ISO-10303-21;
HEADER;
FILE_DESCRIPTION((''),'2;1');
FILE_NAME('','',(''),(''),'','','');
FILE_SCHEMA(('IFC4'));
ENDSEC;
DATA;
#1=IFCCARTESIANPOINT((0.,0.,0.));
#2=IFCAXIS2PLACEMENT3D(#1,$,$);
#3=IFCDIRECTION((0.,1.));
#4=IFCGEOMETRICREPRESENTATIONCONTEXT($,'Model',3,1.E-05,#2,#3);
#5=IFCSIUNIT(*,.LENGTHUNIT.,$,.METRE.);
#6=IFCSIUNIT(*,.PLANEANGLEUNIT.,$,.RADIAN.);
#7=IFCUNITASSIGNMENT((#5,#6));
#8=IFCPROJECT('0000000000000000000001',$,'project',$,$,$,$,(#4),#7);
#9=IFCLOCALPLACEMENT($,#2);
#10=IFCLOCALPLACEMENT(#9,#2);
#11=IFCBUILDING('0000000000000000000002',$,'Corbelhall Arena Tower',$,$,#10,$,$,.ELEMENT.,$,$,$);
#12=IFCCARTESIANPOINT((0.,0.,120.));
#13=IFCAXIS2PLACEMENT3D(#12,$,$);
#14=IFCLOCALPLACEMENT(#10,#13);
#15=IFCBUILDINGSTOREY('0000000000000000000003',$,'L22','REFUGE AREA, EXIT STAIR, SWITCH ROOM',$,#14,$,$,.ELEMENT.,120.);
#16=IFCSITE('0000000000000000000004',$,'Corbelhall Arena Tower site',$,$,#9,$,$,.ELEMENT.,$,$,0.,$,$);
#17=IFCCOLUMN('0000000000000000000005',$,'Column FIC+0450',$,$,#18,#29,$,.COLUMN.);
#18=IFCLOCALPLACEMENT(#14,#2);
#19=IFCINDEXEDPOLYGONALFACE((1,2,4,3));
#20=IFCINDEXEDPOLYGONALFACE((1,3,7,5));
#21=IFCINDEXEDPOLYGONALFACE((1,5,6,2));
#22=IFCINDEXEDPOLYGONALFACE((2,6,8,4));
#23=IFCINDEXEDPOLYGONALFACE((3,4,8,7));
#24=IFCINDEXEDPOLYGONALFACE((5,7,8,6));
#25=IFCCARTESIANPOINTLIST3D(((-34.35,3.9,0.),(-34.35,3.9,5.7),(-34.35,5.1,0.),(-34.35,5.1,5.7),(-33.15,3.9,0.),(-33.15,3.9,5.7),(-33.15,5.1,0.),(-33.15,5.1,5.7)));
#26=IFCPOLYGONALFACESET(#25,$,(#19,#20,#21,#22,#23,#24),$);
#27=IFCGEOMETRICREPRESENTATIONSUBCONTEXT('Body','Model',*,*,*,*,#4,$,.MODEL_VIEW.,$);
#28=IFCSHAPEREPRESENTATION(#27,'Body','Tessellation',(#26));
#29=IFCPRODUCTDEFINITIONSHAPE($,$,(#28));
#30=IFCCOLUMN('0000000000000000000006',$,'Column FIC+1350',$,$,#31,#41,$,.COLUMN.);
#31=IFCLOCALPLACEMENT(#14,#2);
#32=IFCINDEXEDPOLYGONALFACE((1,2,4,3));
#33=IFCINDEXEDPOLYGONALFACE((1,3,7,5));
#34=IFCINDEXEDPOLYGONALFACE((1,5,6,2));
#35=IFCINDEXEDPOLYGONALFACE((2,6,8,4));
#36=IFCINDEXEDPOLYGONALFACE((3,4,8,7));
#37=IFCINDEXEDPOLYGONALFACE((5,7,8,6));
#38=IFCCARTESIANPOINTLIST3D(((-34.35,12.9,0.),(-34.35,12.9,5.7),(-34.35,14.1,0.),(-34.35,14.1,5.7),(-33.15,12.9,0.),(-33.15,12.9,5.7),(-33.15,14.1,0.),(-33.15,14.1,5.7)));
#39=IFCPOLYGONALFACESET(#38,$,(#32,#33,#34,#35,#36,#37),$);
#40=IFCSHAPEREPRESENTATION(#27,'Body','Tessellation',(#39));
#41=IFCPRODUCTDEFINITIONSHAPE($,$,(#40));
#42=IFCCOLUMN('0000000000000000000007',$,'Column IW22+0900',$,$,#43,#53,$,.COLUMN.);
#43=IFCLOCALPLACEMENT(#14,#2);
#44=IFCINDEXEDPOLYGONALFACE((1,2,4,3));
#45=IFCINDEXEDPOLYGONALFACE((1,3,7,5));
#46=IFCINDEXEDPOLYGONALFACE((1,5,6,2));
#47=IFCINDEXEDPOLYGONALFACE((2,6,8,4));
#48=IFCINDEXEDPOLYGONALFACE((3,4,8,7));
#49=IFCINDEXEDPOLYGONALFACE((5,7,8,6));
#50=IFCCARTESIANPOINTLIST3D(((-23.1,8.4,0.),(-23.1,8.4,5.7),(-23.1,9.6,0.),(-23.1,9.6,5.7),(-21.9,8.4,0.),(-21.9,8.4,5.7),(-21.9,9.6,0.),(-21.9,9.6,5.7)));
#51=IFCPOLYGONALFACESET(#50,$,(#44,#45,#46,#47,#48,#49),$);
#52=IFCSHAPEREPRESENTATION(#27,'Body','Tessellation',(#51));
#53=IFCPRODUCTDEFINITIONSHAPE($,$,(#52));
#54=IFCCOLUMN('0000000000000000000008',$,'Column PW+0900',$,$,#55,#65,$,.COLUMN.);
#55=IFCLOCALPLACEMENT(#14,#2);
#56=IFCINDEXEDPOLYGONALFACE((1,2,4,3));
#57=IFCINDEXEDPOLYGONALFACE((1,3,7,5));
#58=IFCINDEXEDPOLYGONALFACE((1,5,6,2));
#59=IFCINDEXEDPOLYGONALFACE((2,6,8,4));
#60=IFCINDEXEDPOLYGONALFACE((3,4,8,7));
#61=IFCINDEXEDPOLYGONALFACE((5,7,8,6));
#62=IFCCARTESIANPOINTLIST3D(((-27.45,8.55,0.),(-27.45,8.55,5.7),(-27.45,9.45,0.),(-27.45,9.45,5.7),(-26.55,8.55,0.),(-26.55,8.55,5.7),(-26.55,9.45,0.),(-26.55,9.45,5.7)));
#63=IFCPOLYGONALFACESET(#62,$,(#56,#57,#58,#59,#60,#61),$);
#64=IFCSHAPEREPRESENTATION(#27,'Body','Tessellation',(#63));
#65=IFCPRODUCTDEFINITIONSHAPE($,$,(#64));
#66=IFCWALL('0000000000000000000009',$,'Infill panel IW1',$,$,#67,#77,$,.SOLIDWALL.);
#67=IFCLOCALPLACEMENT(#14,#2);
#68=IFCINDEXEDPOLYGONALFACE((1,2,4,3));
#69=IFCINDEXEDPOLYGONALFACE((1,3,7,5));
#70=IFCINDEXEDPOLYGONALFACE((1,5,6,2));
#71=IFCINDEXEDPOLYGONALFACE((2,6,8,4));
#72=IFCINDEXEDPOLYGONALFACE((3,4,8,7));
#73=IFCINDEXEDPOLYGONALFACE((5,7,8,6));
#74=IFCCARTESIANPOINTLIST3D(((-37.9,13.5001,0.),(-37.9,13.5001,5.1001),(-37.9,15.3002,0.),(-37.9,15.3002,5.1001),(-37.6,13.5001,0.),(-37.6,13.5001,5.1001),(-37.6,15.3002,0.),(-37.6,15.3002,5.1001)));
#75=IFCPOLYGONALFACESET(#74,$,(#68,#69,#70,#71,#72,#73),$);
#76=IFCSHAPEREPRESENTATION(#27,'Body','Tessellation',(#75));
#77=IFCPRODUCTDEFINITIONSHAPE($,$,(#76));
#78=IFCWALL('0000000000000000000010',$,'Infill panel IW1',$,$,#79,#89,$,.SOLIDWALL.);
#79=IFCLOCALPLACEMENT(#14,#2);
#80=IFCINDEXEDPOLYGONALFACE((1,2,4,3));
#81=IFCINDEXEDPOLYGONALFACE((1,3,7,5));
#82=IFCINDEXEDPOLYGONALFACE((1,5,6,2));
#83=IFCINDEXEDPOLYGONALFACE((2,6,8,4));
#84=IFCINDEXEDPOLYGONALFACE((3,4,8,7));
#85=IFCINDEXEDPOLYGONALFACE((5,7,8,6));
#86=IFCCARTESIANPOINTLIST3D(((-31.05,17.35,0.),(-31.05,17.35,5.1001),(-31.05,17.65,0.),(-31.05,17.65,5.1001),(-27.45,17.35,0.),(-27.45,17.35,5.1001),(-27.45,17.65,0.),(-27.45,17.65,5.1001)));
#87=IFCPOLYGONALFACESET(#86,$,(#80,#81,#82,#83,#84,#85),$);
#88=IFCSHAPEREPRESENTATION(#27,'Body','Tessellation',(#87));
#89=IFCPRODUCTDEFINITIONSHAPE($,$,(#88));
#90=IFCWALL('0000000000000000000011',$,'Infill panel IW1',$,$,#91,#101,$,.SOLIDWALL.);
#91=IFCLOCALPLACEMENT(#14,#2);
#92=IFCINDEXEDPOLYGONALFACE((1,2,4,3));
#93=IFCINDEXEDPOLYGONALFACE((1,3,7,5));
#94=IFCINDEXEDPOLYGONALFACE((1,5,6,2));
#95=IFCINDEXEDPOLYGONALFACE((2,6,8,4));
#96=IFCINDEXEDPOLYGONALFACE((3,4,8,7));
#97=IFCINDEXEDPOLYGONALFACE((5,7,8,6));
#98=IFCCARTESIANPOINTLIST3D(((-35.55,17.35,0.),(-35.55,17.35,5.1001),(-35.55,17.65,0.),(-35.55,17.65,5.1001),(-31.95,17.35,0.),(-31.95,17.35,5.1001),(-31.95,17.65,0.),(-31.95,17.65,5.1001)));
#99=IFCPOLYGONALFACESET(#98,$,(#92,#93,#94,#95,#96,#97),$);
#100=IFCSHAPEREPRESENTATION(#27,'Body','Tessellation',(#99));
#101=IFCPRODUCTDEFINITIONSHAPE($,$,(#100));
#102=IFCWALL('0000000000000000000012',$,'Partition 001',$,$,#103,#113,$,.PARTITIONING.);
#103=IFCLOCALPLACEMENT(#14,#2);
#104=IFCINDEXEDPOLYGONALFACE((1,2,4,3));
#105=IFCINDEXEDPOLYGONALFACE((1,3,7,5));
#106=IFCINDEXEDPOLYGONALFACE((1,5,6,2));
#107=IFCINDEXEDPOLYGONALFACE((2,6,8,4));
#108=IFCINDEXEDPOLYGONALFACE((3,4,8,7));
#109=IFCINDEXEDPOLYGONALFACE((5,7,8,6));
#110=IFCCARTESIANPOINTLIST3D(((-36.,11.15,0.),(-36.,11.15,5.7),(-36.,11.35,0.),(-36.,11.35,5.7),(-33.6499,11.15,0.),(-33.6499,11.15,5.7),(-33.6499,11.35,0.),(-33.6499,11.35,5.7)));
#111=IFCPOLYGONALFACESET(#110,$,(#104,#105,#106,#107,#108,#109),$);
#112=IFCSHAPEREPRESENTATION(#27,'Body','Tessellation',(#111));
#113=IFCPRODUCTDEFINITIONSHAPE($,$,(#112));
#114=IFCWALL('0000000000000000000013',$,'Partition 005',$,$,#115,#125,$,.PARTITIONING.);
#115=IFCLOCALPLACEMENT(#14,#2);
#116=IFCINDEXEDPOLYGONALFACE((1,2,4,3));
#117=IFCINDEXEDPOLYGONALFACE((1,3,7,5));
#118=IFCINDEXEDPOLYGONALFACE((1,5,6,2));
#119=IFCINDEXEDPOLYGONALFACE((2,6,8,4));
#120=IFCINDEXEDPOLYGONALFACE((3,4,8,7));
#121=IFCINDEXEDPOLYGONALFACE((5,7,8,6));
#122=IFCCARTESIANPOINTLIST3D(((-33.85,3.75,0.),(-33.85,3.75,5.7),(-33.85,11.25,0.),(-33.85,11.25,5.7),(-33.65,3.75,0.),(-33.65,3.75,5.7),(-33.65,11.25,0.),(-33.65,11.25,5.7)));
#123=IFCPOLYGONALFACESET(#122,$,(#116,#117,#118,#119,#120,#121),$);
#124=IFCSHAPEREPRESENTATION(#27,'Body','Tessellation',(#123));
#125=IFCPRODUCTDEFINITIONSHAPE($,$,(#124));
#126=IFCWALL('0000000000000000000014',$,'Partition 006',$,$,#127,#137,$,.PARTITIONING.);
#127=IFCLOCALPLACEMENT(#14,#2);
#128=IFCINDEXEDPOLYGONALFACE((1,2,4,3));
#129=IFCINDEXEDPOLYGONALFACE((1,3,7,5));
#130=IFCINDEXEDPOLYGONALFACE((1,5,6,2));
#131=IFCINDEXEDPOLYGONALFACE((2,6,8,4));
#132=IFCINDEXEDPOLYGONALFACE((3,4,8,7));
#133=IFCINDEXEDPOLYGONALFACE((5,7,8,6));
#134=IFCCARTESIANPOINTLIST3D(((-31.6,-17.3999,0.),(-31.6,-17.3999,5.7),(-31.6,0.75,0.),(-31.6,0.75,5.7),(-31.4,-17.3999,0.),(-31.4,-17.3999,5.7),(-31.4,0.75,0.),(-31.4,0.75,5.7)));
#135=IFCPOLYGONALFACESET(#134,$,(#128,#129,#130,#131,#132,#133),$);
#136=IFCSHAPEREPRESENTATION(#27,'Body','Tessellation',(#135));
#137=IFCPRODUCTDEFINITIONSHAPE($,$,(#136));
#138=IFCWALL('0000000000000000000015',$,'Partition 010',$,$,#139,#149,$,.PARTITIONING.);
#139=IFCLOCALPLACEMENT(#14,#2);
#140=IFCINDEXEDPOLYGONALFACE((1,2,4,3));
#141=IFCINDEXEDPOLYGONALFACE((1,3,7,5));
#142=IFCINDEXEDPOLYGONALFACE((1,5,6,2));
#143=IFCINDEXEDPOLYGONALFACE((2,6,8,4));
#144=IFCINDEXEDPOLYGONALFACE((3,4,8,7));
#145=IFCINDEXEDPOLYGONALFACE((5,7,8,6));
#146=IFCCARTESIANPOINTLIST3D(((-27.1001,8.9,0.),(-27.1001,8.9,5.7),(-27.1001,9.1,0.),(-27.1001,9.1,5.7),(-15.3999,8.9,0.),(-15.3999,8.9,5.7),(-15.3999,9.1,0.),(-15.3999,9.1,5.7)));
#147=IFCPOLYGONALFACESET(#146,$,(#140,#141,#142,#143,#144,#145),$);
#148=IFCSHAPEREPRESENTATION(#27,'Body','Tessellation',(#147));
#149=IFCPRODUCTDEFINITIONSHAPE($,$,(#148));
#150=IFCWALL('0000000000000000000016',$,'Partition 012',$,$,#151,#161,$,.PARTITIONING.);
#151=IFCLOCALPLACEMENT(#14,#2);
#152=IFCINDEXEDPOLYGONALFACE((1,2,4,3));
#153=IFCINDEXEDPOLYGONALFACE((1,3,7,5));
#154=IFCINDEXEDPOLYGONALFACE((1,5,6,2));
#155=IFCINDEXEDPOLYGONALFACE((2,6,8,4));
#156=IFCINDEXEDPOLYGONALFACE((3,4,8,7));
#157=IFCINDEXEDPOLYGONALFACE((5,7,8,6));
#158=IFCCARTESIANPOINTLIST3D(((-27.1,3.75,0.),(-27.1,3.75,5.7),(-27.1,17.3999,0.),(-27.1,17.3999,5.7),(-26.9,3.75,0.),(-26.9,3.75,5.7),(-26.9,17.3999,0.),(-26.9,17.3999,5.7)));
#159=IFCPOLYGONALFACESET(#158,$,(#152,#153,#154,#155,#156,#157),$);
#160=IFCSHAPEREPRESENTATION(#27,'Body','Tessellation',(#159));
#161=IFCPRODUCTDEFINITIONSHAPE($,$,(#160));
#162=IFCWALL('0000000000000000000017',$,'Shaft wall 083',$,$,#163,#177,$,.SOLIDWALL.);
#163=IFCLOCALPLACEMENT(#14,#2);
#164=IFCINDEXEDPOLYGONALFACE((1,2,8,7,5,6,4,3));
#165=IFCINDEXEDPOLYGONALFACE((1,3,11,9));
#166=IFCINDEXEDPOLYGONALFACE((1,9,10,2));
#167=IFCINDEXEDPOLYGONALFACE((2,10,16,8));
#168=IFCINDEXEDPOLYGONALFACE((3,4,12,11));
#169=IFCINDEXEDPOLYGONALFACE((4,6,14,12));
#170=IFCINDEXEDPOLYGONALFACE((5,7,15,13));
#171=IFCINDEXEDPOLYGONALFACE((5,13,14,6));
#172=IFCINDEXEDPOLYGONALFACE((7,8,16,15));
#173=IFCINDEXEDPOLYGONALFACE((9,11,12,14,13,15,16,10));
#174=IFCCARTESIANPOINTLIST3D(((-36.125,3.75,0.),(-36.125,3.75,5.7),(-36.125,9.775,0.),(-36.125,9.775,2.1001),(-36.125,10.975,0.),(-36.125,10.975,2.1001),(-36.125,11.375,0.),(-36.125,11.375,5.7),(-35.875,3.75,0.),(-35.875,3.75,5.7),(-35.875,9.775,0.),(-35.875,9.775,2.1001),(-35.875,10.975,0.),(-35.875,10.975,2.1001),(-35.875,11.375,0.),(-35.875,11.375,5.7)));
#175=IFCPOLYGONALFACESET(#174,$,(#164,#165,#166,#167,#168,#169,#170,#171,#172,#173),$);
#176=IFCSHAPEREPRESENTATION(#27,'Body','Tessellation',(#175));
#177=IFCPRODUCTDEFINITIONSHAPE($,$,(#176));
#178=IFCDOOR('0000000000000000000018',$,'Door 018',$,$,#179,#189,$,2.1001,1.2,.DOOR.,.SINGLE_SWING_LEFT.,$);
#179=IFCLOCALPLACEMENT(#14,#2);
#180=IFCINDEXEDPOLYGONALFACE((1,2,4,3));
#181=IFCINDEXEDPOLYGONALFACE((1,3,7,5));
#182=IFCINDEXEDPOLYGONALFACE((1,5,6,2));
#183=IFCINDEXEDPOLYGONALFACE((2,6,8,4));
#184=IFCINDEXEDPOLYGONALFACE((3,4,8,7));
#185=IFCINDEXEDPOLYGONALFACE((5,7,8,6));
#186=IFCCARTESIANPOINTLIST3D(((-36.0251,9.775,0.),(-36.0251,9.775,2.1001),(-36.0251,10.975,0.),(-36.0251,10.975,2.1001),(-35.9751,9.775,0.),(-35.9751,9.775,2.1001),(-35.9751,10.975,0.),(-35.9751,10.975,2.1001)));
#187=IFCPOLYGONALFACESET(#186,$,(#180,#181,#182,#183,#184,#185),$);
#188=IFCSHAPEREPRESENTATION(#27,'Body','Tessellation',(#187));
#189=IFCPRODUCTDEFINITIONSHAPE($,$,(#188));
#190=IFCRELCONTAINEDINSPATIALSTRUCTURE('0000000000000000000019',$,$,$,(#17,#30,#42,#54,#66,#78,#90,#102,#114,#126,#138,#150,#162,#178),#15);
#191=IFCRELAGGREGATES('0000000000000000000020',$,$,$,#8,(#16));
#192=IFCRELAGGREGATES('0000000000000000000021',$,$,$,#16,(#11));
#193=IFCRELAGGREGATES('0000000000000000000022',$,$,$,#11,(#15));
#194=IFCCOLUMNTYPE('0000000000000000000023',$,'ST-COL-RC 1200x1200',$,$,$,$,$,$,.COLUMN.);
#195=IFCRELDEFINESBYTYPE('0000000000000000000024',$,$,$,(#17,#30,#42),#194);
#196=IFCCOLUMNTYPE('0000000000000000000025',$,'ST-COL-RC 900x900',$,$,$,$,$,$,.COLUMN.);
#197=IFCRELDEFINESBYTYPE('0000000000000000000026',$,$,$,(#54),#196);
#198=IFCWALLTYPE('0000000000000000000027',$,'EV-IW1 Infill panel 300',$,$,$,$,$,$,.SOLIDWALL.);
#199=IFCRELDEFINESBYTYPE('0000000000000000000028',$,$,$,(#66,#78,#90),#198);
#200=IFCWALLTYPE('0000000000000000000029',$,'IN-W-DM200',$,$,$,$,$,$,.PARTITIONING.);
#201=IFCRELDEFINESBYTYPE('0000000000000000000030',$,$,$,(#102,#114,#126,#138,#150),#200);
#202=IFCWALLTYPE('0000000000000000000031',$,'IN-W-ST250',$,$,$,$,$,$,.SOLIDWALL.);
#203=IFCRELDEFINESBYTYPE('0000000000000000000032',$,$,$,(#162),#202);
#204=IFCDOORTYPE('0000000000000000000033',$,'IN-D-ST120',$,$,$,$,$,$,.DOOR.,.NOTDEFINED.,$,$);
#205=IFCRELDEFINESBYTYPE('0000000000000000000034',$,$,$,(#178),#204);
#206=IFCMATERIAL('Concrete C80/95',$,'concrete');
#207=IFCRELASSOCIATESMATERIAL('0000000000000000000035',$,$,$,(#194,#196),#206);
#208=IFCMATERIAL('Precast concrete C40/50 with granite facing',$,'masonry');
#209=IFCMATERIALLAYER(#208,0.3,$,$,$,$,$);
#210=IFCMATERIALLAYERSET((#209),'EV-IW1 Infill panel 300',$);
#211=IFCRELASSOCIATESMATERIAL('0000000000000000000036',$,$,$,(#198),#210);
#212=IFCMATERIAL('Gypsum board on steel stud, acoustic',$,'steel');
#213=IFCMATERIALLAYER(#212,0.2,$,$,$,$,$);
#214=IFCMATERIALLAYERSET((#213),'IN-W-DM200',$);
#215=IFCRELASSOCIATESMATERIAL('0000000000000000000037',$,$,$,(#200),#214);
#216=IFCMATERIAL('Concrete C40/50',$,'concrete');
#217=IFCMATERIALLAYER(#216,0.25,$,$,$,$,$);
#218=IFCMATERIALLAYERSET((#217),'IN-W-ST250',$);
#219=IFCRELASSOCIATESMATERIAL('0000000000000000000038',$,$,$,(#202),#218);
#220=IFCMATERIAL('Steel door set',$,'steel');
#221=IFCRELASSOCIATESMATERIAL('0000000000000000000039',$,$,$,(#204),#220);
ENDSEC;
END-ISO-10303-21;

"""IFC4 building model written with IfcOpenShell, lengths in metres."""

from ifc_helpers import new_model, si_unit, direction, frame, frame_2d, origin, origin_2d, place, context, subcontext, project, spatial, rectangle, extrude, material, layer, layer_set, material_profile, profile_set, type_object, element, fill, save


model = new_model("IFC4")

# Units and contexts
model_context = context("Model", 3, precision=1e-05, world=origin(), true_north=direction((0.0, 1.0)))
body_context = subcontext(model_context, "Body", "Model", "MODEL_VIEW")
ifc_project = project(units=[si_unit("LENGTHUNIT", "METRE"), si_unit("PLANEANGLEUNIT", "RADIAN")], contexts=[model_context])

# Site, building, storey
site_placement = place(None, origin())
site = spatial("IfcSite", under=ifc_project, at=site_placement, Name="Corbelhall Arena Tower site", CompositionType="ELEMENT", RefElevation=0.0)
building_placement = place(site_placement, origin())
building = spatial("IfcBuilding", under=site, at=building_placement, Name="Corbelhall Arena Tower", CompositionType="ELEMENT")
storey_placement = place(building_placement, frame((0.0, 0.0, 120.0)))
storey = spatial("IfcBuildingStorey", under=building, at=storey_placement, Name="L22", Description="REFUGE AREA, EXIT STAIR, SWITCH ROOM", CompositionType="ELEMENT", Elevation=120.0)

# Columns
ifc_material_1 = material(Name="Concrete C80/95", Category="concrete")
ifc_material_profile_1 = material_profile(ifc_material_1, rectangle(XDim=1.2, YDim=1.2, at=origin_2d()))
ifc_profile_set_1 = profile_set([ifc_material_profile_1], Name="Concrete C80/95")
column_type_1 = type_object("IfcColumnType", Name="ST-COL-RC 1200x1200", PredefinedType="COLUMN", material=ifc_profile_set_1)
for number, where, z_axis, x_axis, name in (
    (1, (-33.75, 4.5, 0.0), (0.0, 0.0, 1.0), (1.0, 0.0, 0.0), "Column FIC+0450"),
    (2, (-33.75, 13.5, 0.0), (0.0, 0.0, 1.0), (1.0, 0.0, 0.0), "Column FIC+1350"),
    (3, (-22.5, 9.0, 0.0), (0.0, 0.0, 1.0), (1.0, 0.0, 0.0), "Column IW22+0900"),
):
    element("IfcColumn", number, at=place(storey_placement, frame(where, z_axis=z_axis, x_axis=x_axis)), inside=storey, type_object=column_type_1, Name=name, PredefinedType="COLUMN", context=body_context, shape_type="SweptSolid", body=[
        extrude(rectangle(XDim=1.2, YDim=1.2, at=origin_2d()), origin(), (0.0, 0.0, 1.0), 5.7),
    ])
ifc_material_profile_2 = material_profile(ifc_material_1, rectangle(XDim=0.8999, YDim=0.8999, at=origin_2d()))
ifc_profile_set_2 = profile_set([ifc_material_profile_2], Name="Concrete C80/95")
column_type_2 = type_object("IfcColumnType", Name="ST-COL-RC 900x900", PredefinedType="COLUMN", material=ifc_profile_set_2)
column_placement = place(storey_placement, frame((-27.0, 9.0, 0.0), z_axis=(0.0, 0.0, 1.0), x_axis=(1.0, 0.0, 0.0)))
element("IfcColumn", 4, at=column_placement, inside=storey, type_object=column_type_2, Name="Column PW+0900", PredefinedType="COLUMN", context=body_context, shape_type="SweptSolid", body=[
    extrude(rectangle(XDim=0.8999, YDim=0.8999, at=origin_2d()), origin(), (0.0, 0.0, 1.0), 5.7),
])

# Walls
ifc_material_2 = material(Name="Precast concrete C40/50 with granite facing", Category="masonry")
ifc_layer_1 = layer(ifc_material_2, 0.3)
ifc_layer_set_1 = layer_set([ifc_layer_1], Name="EV-IW1 Infill panel 300")
wall_type_1 = type_object("IfcWallType", Name="EV-IW1 Infill panel 300", PredefinedType="SOLIDWALL", material=ifc_layer_set_1)
wall_1_placement = place(storey_placement, frame((-37.75, 15.3, 0.0), z_axis=(0.0, 0.0, 1.0), x_axis=(0.0, -1.0, 0.0)))
element("IfcWall", 5, at=wall_1_placement, inside=storey, type_object=wall_type_1, Name="Infill panel IW1", PredefinedType="SOLIDWALL", context=body_context, shape_type="SweptSolid", body=[
    extrude(rectangle(XDim=1.8, YDim=0.3, at=frame_2d((0.8999, 0.0))), origin(), (0.0, 0.0, 1.0), 5.1001),
])
for number, where, z_axis, x_axis, name in (
    (6, (-27.45, 17.5, 0.0), (0.0, 0.0, 1.0), (-1.0, 0.0, 0.0), "Infill panel IW1"),
    (7, (-31.95, 17.5, 0.0), (0.0, 0.0, 1.0), (-1.0, 0.0, 0.0), "Infill panel IW1"),
):
    element("IfcWall", number, at=place(storey_placement, frame(where, z_axis=z_axis, x_axis=x_axis)), inside=storey, type_object=wall_type_1, Name=name, PredefinedType="SOLIDWALL", context=body_context, shape_type="SweptSolid", body=[
        extrude(rectangle(XDim=3.6001, YDim=0.3, at=frame_2d((1.8, 0.0))), origin(), (0.0, 0.0, 1.0), 5.1001),
    ])
ifc_material_3 = material(Name="Gypsum board on steel stud, acoustic", Category="steel")
ifc_layer_2 = layer(ifc_material_3, 0.2)
ifc_layer_set_2 = layer_set([ifc_layer_2], Name="IN-W-DM200")
wall_type_2 = type_object("IfcWallType", Name="IN-W-DM200", PredefinedType="PARTITIONING", material=ifc_layer_set_2)
wall_2_placement = place(storey_placement, frame((-36.0, 11.25, 0.0), z_axis=(0.0, 0.0, 1.0), x_axis=(1.0, 0.0, 0.0)))
element("IfcWall", 8, at=wall_2_placement, inside=storey, type_object=wall_type_2, Name="Partition 001", PredefinedType="PARTITIONING", context=body_context, shape_type="SweptSolid", body=[
    extrude(rectangle(XDim=2.3501, YDim=0.2, at=frame_2d((1.175, 0.0))), origin(), (0.0, 0.0, 1.0), 5.7),
])

# Shared definitions
ifc_material_4 = material(Name="Steel door set", Category="steel")

# Walls
wall_3_placement = place(storey_placement, frame((-33.75, 11.25, 0.0), z_axis=(0.0, 0.0, 1.0), x_axis=(0.0, -1.0, 0.0)))
element("IfcWall", 9, at=wall_3_placement, inside=storey, type_object=wall_type_2, Name="Partition 005", PredefinedType="PARTITIONING", context=body_context, shape_type="SweptSolid", body=[
    extrude(rectangle(XDim=7.5, YDim=0.2, at=frame_2d((3.75, 0.0))), origin(), (0.0, 0.0, 1.0), 5.7),
])
wall_4_placement = place(storey_placement, frame((-31.5, 0.75, 0.0), z_axis=(0.0, 0.0, 1.0), x_axis=(0.0, -1.0, 0.0)))
element("IfcWall", 10, at=wall_4_placement, inside=storey, type_object=wall_type_2, Name="Partition 006", PredefinedType="PARTITIONING", context=body_context, shape_type="SweptSolid", body=[
    extrude(rectangle(XDim=18.1499, YDim=0.2, at=frame_2d((9.075, 0.0))), origin(), (0.0, 0.0, 1.0), 5.7),
])
wall_5_placement = place(storey_placement, frame((-27.1001, 9.0, 0.0), z_axis=(0.0, 0.0, 1.0), x_axis=(1.0, 0.0, 0.0)))
element("IfcWall", 11, at=wall_5_placement, inside=storey, type_object=wall_type_2, Name="Partition 010", PredefinedType="PARTITIONING", context=body_context, shape_type="SweptSolid", body=[
    extrude(rectangle(XDim=11.7002, YDim=0.2, at=frame_2d((5.8501, 0.0))), origin(), (0.0, 0.0, 1.0), 5.7),
])
wall_6_placement = place(storey_placement, frame((-27.0, 3.75, 0.0), z_axis=(0.0, 0.0, 1.0), x_axis=(0.0, 1.0, 0.0)))
element("IfcWall", 12, at=wall_6_placement, inside=storey, type_object=wall_type_2, Name="Partition 012", PredefinedType="PARTITIONING", context=body_context, shape_type="SweptSolid", body=[
    extrude(rectangle(XDim=13.6499, YDim=0.2, at=frame_2d((6.825, 0.0))), origin(), (0.0, 0.0, 1.0), 5.7),
])

# Wall, opening, door
ifc_material_5 = material(Name="Concrete C40/50", Category="concrete")
ifc_layer_3 = layer(ifc_material_5, 0.25)
ifc_layer_set_3 = layer_set([ifc_layer_3], Name="IN-W-ST250")
wall_type_3 = type_object("IfcWallType", Name="IN-W-ST250", PredefinedType="SOLIDWALL", material=ifc_layer_set_3)
wall_7_placement = place(storey_placement, frame((-36.0, 11.375, 0.0), z_axis=(0.0, 0.0, 1.0), x_axis=(0.0, -1.0, 0.0)))
wall_7 = element("IfcWall", 13, at=wall_7_placement, inside=storey, type_object=wall_type_3, Name="Shaft wall 083", PredefinedType="SOLIDWALL", context=body_context, shape_type="SweptSolid", body=[
    extrude(rectangle(XDim=7.625, YDim=0.25, at=frame_2d((3.8125, 0.0))), origin(), (0.0, 0.0, 1.0), 5.7),
])
opening_1_placement = place(wall_7_placement, frame((0.3999, 0.0, 0.0)))
opening_1 = element("IfcOpeningElement", 14, at=opening_1_placement, cuts=wall_7, PredefinedType="OPENING", context=body_context, shape_type="SweptSolid", body=[
    extrude(rectangle(XDim=1.2, YDim=2.1001, at=frame_2d((0.6001, 1.05))), frame((0.0, 0.125, 0.0), z_axis=(0.0, -1.0, 0.0), x_axis=(1.0, 0.0, 0.0)), (0.0, 0.0, 1.0), 0.25),
])
door_type_1 = type_object("IfcDoorType", Name="IN-D-ST120", OperationType="NOTDEFINED", PredefinedType="DOOR", material=ifc_material_4)
door_1_placement = place(opening_1_placement, origin())
door_1 = element("IfcDoor", 15, at=door_1_placement, inside=storey, type_object=door_type_1, Name="Door 018", OperationType="SINGLE_SWING_LEFT", OverallHeight=2.1001, OverallWidth=1.2, PredefinedType="DOOR", context=body_context, shape_type="SweptSolid", body=[
    extrude(rectangle(XDim=1.2, YDim=2.1001, at=frame_2d((0.6001, 1.05))), frame((0.0, 0.0249, 0.0), z_axis=(0.0, -1.0, 0.0), x_axis=(1.0, 0.0, 0.0)), (0.0, 0.0, 1.0), 0.05),
])
fill(opening_1, door_1)

save(model, "model.ifc")
